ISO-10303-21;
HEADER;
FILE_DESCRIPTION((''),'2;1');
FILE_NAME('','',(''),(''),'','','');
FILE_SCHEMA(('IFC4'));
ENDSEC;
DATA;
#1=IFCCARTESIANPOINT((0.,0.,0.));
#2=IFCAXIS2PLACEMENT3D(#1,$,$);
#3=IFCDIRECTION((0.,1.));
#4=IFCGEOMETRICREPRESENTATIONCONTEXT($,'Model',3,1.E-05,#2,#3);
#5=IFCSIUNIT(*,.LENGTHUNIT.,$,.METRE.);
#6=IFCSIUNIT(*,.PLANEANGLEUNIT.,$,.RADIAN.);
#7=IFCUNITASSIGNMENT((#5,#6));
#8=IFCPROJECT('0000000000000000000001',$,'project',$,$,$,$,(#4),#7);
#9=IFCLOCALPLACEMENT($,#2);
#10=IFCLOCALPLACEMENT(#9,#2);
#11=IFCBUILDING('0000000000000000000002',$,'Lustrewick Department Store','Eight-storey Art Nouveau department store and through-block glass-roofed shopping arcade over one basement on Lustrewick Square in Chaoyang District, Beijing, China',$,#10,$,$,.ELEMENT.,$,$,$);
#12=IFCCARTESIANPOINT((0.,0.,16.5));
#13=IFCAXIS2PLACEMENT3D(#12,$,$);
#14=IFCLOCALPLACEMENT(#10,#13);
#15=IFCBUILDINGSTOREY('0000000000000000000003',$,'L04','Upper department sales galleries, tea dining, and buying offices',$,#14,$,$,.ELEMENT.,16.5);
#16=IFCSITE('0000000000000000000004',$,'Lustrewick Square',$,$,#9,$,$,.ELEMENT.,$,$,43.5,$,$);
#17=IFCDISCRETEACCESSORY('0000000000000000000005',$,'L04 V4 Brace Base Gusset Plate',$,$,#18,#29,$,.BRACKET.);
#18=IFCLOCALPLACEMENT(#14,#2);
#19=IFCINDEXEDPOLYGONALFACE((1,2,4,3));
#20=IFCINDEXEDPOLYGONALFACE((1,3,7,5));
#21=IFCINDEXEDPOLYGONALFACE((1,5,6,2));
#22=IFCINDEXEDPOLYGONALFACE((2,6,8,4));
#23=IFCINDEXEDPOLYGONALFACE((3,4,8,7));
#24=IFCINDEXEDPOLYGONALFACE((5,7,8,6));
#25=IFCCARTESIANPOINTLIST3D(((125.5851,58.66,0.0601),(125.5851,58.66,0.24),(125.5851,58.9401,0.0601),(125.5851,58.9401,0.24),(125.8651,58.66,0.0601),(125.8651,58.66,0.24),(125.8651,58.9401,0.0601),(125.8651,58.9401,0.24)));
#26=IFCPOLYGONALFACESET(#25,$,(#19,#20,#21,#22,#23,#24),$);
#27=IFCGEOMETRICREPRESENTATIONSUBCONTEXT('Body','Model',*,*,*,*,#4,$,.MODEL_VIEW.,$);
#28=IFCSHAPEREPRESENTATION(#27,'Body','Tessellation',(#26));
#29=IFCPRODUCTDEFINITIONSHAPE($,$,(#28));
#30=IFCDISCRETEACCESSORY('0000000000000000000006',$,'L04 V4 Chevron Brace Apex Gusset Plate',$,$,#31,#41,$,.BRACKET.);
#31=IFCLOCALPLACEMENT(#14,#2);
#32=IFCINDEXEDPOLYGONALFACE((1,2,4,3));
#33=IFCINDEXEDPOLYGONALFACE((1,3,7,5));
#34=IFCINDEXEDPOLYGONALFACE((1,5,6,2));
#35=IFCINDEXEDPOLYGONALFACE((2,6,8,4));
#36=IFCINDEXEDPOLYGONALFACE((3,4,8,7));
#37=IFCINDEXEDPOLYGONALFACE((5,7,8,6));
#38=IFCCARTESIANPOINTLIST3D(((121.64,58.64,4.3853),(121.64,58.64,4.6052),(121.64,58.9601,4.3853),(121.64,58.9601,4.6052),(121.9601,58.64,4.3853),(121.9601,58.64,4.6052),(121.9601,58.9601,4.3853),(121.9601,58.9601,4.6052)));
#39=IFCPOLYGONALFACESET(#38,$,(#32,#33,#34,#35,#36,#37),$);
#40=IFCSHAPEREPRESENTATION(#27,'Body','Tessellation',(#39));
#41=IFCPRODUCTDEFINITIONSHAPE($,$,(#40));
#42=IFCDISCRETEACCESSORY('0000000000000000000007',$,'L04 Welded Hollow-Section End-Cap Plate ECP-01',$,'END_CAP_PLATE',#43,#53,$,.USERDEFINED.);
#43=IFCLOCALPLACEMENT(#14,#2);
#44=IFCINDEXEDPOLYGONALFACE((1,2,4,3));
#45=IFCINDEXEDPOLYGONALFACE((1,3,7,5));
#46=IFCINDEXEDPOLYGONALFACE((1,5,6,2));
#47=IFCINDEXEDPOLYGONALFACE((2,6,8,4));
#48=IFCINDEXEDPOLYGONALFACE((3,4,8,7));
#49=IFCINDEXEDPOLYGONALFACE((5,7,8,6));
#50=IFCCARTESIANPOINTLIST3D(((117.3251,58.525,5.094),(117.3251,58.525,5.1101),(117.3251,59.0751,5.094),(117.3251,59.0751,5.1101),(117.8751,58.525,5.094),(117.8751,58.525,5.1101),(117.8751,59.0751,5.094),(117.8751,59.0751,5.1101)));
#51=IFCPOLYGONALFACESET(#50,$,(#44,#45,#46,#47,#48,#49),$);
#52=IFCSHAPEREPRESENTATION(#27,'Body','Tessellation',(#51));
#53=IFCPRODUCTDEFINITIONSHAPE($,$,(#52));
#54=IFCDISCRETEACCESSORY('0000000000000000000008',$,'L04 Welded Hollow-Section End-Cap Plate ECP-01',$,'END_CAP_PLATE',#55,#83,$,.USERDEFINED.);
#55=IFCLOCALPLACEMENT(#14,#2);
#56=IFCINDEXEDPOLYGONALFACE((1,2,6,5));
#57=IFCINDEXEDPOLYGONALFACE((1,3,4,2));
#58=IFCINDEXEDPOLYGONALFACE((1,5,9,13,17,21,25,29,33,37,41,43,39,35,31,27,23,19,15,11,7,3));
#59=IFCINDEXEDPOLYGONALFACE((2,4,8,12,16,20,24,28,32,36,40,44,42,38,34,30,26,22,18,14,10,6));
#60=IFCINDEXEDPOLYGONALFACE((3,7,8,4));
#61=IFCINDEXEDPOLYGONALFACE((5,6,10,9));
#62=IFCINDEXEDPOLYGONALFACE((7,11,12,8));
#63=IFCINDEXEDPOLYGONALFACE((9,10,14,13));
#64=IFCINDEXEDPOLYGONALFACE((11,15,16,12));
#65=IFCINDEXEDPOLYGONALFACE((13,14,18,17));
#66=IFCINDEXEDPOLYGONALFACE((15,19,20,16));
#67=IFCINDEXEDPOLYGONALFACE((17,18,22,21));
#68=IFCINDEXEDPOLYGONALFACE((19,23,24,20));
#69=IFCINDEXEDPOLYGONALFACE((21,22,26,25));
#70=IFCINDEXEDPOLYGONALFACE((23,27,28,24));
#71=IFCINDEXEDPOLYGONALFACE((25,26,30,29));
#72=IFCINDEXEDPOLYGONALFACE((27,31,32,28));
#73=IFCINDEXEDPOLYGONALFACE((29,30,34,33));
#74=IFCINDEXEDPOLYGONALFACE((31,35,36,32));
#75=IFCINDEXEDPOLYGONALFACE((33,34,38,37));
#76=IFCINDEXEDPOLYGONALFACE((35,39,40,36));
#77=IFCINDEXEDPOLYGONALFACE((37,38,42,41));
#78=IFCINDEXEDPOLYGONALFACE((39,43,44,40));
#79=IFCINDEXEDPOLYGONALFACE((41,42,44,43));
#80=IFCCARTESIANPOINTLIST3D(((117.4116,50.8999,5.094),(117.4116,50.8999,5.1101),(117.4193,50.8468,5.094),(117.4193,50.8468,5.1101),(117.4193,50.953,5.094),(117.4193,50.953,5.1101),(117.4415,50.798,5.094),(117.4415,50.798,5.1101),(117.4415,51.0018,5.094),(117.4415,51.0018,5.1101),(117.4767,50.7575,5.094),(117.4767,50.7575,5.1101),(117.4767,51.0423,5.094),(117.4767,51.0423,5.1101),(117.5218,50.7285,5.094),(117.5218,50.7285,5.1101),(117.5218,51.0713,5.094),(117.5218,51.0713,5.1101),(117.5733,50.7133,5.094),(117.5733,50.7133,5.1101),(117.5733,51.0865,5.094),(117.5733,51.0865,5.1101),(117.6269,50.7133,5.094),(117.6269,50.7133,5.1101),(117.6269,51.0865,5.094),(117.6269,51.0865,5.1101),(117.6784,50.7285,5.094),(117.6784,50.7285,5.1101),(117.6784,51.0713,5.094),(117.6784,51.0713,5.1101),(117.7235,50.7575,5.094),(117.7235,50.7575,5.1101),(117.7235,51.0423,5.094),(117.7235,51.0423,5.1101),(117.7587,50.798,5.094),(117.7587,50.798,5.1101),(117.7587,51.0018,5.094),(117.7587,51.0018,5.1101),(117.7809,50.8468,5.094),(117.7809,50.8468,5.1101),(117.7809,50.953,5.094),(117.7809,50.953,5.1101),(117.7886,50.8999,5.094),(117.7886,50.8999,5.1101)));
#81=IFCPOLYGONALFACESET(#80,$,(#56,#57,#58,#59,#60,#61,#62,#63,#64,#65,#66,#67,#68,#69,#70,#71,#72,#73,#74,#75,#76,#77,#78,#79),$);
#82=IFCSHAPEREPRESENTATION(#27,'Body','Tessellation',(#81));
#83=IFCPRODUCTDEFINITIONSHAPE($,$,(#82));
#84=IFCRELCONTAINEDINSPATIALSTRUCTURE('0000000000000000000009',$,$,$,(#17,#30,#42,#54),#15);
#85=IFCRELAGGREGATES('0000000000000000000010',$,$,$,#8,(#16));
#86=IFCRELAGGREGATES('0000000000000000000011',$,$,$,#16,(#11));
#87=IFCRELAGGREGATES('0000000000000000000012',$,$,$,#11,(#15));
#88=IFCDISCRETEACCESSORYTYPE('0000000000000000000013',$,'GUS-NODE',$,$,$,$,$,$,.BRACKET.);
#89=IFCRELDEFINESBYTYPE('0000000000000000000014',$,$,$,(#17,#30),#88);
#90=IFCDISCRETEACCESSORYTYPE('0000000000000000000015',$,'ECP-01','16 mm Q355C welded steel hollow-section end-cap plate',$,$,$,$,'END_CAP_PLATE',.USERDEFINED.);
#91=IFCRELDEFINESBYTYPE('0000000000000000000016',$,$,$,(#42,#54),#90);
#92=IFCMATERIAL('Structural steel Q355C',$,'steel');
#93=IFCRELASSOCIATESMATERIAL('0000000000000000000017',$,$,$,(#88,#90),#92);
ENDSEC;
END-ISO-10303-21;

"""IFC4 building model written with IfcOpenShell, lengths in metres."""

from ifc_helpers import new_model, si_unit, direction, frame, origin, origin_2d, place, context, subcontext, project, spatial, rectangle, circle, extrude, material, type_object, element, save


model = new_model("IFC4")

# Units and contexts
model_context = context("Model", 3, precision=1e-05, world=origin(), true_north=direction((0.0, 1.0)))
body_context = subcontext(model_context, "Body", "Model", "MODEL_VIEW")
ifc_project = project(units=[si_unit("LENGTHUNIT", "METRE"), si_unit("PLANEANGLEUNIT", "RADIAN")], contexts=[model_context])

# Site, building, storey
site_placement = place(None, origin())
site = spatial("IfcSite", under=ifc_project, at=site_placement, Name="Lustrewick Square", CompositionType="ELEMENT", RefElevation=43.5)
building_placement = place(site_placement, origin())
building = spatial("IfcBuilding", under=site, at=building_placement, Name="Lustrewick Department Store", Description="Eight-storey Art Nouveau department store and through-block glass-roofed shopping arcade over one basement on Lustrewick Square in Chaoyang District, Beijing, China", CompositionType="ELEMENT")
storey_placement = place(building_placement, frame((0.0, 0.0, 16.5)))
storey = spatial("IfcBuildingStorey", under=building, at=storey_placement, Name="L04", Description="Upper department sales galleries, tea dining, and buying offices", CompositionType="ELEMENT", Elevation=16.5)

# Shared definitions
ifc_material_1 = material(Name="Structural steel Q355C", Category="steel")

# Discrete accessories
discrete_accessory_type_1 = type_object("IfcDiscreteAccessoryType", Name="GUS-NODE", PredefinedType="BRACKET", material=ifc_material_1)
for number, where, z_axis, x_axis, name in (
    (1, (125.7251, 58.8, 0.0601), (0.0, 0.0, 1.0), (1.0, 0.0, 0.0), "L04 V4 Brace Base Gusset Plate"),
):
    element("IfcDiscreteAccessory", number, at=place(storey_placement, frame(where, z_axis=z_axis, x_axis=x_axis)), inside=storey, type_object=discrete_accessory_type_1, Name=name, PredefinedType="BRACKET", context=body_context, shape_type="SweptSolid", body=[
        extrude(rectangle(XDim=0.28, YDim=0.28, at=origin_2d()), origin(), (0.0, 0.0, 1.0), 0.1799),
    ])
discrete_accessory_1_placement = place(storey_placement, frame((121.8, 58.8, 4.3853), z_axis=(0.0, 0.0, 1.0), x_axis=(1.0, 0.0, 0.0)))
element("IfcDiscreteAccessory", 2, at=discrete_accessory_1_placement, inside=storey, type_object=discrete_accessory_type_1, Name="L04 V4 Chevron Brace Apex Gusset Plate", PredefinedType="BRACKET", context=body_context, shape_type="SweptSolid", body=[
    extrude(rectangle(XDim=0.3201, YDim=0.3201, at=origin_2d()), origin(), (0.0, 0.0, 1.0), 0.22),
])
discrete_accessory_type_2 = type_object("IfcDiscreteAccessoryType", Name="ECP-01", Description="16 mm Q355C welded steel hollow-section end-cap plate", ElementType="END_CAP_PLATE", PredefinedType="USERDEFINED", material=ifc_material_1)
discrete_accessory_2_placement = place(storey_placement, frame((117.6001, 58.8, 5.094), z_axis=(0.0, 0.0, 1.0), x_axis=(1.0, 0.0, 0.0)))
element("IfcDiscreteAccessory", 3, at=discrete_accessory_2_placement, inside=storey, type_object=discrete_accessory_type_2, Name="L04 Welded Hollow-Section End-Cap Plate ECP-01", ObjectType="END_CAP_PLATE", PredefinedType="USERDEFINED", context=body_context, shape_type="SweptSolid", body=[
    extrude(rectangle(XDim=0.55, YDim=0.55, at=origin_2d()), origin(), (0.0, 0.0, 1.0), 0.0161),
])
discrete_accessory_3_placement = place(storey_placement, frame((117.6001, 50.8999, 5.094), z_axis=(0.0, 0.0, 1.0), x_axis=(1.0, 0.0, 0.0)))
element("IfcDiscreteAccessory", 4, at=discrete_accessory_3_placement, inside=storey, type_object=discrete_accessory_type_2, Name="L04 Welded Hollow-Section End-Cap Plate ECP-01", ObjectType="END_CAP_PLATE", PredefinedType="USERDEFINED", context=body_context, shape_type="SweptSolid", body=[
    extrude(circle(Radius=0.1885, at=origin_2d()), origin(), (0.0, 0.0, 1.0), 0.0161),
])

save(model, "model.ifc")
